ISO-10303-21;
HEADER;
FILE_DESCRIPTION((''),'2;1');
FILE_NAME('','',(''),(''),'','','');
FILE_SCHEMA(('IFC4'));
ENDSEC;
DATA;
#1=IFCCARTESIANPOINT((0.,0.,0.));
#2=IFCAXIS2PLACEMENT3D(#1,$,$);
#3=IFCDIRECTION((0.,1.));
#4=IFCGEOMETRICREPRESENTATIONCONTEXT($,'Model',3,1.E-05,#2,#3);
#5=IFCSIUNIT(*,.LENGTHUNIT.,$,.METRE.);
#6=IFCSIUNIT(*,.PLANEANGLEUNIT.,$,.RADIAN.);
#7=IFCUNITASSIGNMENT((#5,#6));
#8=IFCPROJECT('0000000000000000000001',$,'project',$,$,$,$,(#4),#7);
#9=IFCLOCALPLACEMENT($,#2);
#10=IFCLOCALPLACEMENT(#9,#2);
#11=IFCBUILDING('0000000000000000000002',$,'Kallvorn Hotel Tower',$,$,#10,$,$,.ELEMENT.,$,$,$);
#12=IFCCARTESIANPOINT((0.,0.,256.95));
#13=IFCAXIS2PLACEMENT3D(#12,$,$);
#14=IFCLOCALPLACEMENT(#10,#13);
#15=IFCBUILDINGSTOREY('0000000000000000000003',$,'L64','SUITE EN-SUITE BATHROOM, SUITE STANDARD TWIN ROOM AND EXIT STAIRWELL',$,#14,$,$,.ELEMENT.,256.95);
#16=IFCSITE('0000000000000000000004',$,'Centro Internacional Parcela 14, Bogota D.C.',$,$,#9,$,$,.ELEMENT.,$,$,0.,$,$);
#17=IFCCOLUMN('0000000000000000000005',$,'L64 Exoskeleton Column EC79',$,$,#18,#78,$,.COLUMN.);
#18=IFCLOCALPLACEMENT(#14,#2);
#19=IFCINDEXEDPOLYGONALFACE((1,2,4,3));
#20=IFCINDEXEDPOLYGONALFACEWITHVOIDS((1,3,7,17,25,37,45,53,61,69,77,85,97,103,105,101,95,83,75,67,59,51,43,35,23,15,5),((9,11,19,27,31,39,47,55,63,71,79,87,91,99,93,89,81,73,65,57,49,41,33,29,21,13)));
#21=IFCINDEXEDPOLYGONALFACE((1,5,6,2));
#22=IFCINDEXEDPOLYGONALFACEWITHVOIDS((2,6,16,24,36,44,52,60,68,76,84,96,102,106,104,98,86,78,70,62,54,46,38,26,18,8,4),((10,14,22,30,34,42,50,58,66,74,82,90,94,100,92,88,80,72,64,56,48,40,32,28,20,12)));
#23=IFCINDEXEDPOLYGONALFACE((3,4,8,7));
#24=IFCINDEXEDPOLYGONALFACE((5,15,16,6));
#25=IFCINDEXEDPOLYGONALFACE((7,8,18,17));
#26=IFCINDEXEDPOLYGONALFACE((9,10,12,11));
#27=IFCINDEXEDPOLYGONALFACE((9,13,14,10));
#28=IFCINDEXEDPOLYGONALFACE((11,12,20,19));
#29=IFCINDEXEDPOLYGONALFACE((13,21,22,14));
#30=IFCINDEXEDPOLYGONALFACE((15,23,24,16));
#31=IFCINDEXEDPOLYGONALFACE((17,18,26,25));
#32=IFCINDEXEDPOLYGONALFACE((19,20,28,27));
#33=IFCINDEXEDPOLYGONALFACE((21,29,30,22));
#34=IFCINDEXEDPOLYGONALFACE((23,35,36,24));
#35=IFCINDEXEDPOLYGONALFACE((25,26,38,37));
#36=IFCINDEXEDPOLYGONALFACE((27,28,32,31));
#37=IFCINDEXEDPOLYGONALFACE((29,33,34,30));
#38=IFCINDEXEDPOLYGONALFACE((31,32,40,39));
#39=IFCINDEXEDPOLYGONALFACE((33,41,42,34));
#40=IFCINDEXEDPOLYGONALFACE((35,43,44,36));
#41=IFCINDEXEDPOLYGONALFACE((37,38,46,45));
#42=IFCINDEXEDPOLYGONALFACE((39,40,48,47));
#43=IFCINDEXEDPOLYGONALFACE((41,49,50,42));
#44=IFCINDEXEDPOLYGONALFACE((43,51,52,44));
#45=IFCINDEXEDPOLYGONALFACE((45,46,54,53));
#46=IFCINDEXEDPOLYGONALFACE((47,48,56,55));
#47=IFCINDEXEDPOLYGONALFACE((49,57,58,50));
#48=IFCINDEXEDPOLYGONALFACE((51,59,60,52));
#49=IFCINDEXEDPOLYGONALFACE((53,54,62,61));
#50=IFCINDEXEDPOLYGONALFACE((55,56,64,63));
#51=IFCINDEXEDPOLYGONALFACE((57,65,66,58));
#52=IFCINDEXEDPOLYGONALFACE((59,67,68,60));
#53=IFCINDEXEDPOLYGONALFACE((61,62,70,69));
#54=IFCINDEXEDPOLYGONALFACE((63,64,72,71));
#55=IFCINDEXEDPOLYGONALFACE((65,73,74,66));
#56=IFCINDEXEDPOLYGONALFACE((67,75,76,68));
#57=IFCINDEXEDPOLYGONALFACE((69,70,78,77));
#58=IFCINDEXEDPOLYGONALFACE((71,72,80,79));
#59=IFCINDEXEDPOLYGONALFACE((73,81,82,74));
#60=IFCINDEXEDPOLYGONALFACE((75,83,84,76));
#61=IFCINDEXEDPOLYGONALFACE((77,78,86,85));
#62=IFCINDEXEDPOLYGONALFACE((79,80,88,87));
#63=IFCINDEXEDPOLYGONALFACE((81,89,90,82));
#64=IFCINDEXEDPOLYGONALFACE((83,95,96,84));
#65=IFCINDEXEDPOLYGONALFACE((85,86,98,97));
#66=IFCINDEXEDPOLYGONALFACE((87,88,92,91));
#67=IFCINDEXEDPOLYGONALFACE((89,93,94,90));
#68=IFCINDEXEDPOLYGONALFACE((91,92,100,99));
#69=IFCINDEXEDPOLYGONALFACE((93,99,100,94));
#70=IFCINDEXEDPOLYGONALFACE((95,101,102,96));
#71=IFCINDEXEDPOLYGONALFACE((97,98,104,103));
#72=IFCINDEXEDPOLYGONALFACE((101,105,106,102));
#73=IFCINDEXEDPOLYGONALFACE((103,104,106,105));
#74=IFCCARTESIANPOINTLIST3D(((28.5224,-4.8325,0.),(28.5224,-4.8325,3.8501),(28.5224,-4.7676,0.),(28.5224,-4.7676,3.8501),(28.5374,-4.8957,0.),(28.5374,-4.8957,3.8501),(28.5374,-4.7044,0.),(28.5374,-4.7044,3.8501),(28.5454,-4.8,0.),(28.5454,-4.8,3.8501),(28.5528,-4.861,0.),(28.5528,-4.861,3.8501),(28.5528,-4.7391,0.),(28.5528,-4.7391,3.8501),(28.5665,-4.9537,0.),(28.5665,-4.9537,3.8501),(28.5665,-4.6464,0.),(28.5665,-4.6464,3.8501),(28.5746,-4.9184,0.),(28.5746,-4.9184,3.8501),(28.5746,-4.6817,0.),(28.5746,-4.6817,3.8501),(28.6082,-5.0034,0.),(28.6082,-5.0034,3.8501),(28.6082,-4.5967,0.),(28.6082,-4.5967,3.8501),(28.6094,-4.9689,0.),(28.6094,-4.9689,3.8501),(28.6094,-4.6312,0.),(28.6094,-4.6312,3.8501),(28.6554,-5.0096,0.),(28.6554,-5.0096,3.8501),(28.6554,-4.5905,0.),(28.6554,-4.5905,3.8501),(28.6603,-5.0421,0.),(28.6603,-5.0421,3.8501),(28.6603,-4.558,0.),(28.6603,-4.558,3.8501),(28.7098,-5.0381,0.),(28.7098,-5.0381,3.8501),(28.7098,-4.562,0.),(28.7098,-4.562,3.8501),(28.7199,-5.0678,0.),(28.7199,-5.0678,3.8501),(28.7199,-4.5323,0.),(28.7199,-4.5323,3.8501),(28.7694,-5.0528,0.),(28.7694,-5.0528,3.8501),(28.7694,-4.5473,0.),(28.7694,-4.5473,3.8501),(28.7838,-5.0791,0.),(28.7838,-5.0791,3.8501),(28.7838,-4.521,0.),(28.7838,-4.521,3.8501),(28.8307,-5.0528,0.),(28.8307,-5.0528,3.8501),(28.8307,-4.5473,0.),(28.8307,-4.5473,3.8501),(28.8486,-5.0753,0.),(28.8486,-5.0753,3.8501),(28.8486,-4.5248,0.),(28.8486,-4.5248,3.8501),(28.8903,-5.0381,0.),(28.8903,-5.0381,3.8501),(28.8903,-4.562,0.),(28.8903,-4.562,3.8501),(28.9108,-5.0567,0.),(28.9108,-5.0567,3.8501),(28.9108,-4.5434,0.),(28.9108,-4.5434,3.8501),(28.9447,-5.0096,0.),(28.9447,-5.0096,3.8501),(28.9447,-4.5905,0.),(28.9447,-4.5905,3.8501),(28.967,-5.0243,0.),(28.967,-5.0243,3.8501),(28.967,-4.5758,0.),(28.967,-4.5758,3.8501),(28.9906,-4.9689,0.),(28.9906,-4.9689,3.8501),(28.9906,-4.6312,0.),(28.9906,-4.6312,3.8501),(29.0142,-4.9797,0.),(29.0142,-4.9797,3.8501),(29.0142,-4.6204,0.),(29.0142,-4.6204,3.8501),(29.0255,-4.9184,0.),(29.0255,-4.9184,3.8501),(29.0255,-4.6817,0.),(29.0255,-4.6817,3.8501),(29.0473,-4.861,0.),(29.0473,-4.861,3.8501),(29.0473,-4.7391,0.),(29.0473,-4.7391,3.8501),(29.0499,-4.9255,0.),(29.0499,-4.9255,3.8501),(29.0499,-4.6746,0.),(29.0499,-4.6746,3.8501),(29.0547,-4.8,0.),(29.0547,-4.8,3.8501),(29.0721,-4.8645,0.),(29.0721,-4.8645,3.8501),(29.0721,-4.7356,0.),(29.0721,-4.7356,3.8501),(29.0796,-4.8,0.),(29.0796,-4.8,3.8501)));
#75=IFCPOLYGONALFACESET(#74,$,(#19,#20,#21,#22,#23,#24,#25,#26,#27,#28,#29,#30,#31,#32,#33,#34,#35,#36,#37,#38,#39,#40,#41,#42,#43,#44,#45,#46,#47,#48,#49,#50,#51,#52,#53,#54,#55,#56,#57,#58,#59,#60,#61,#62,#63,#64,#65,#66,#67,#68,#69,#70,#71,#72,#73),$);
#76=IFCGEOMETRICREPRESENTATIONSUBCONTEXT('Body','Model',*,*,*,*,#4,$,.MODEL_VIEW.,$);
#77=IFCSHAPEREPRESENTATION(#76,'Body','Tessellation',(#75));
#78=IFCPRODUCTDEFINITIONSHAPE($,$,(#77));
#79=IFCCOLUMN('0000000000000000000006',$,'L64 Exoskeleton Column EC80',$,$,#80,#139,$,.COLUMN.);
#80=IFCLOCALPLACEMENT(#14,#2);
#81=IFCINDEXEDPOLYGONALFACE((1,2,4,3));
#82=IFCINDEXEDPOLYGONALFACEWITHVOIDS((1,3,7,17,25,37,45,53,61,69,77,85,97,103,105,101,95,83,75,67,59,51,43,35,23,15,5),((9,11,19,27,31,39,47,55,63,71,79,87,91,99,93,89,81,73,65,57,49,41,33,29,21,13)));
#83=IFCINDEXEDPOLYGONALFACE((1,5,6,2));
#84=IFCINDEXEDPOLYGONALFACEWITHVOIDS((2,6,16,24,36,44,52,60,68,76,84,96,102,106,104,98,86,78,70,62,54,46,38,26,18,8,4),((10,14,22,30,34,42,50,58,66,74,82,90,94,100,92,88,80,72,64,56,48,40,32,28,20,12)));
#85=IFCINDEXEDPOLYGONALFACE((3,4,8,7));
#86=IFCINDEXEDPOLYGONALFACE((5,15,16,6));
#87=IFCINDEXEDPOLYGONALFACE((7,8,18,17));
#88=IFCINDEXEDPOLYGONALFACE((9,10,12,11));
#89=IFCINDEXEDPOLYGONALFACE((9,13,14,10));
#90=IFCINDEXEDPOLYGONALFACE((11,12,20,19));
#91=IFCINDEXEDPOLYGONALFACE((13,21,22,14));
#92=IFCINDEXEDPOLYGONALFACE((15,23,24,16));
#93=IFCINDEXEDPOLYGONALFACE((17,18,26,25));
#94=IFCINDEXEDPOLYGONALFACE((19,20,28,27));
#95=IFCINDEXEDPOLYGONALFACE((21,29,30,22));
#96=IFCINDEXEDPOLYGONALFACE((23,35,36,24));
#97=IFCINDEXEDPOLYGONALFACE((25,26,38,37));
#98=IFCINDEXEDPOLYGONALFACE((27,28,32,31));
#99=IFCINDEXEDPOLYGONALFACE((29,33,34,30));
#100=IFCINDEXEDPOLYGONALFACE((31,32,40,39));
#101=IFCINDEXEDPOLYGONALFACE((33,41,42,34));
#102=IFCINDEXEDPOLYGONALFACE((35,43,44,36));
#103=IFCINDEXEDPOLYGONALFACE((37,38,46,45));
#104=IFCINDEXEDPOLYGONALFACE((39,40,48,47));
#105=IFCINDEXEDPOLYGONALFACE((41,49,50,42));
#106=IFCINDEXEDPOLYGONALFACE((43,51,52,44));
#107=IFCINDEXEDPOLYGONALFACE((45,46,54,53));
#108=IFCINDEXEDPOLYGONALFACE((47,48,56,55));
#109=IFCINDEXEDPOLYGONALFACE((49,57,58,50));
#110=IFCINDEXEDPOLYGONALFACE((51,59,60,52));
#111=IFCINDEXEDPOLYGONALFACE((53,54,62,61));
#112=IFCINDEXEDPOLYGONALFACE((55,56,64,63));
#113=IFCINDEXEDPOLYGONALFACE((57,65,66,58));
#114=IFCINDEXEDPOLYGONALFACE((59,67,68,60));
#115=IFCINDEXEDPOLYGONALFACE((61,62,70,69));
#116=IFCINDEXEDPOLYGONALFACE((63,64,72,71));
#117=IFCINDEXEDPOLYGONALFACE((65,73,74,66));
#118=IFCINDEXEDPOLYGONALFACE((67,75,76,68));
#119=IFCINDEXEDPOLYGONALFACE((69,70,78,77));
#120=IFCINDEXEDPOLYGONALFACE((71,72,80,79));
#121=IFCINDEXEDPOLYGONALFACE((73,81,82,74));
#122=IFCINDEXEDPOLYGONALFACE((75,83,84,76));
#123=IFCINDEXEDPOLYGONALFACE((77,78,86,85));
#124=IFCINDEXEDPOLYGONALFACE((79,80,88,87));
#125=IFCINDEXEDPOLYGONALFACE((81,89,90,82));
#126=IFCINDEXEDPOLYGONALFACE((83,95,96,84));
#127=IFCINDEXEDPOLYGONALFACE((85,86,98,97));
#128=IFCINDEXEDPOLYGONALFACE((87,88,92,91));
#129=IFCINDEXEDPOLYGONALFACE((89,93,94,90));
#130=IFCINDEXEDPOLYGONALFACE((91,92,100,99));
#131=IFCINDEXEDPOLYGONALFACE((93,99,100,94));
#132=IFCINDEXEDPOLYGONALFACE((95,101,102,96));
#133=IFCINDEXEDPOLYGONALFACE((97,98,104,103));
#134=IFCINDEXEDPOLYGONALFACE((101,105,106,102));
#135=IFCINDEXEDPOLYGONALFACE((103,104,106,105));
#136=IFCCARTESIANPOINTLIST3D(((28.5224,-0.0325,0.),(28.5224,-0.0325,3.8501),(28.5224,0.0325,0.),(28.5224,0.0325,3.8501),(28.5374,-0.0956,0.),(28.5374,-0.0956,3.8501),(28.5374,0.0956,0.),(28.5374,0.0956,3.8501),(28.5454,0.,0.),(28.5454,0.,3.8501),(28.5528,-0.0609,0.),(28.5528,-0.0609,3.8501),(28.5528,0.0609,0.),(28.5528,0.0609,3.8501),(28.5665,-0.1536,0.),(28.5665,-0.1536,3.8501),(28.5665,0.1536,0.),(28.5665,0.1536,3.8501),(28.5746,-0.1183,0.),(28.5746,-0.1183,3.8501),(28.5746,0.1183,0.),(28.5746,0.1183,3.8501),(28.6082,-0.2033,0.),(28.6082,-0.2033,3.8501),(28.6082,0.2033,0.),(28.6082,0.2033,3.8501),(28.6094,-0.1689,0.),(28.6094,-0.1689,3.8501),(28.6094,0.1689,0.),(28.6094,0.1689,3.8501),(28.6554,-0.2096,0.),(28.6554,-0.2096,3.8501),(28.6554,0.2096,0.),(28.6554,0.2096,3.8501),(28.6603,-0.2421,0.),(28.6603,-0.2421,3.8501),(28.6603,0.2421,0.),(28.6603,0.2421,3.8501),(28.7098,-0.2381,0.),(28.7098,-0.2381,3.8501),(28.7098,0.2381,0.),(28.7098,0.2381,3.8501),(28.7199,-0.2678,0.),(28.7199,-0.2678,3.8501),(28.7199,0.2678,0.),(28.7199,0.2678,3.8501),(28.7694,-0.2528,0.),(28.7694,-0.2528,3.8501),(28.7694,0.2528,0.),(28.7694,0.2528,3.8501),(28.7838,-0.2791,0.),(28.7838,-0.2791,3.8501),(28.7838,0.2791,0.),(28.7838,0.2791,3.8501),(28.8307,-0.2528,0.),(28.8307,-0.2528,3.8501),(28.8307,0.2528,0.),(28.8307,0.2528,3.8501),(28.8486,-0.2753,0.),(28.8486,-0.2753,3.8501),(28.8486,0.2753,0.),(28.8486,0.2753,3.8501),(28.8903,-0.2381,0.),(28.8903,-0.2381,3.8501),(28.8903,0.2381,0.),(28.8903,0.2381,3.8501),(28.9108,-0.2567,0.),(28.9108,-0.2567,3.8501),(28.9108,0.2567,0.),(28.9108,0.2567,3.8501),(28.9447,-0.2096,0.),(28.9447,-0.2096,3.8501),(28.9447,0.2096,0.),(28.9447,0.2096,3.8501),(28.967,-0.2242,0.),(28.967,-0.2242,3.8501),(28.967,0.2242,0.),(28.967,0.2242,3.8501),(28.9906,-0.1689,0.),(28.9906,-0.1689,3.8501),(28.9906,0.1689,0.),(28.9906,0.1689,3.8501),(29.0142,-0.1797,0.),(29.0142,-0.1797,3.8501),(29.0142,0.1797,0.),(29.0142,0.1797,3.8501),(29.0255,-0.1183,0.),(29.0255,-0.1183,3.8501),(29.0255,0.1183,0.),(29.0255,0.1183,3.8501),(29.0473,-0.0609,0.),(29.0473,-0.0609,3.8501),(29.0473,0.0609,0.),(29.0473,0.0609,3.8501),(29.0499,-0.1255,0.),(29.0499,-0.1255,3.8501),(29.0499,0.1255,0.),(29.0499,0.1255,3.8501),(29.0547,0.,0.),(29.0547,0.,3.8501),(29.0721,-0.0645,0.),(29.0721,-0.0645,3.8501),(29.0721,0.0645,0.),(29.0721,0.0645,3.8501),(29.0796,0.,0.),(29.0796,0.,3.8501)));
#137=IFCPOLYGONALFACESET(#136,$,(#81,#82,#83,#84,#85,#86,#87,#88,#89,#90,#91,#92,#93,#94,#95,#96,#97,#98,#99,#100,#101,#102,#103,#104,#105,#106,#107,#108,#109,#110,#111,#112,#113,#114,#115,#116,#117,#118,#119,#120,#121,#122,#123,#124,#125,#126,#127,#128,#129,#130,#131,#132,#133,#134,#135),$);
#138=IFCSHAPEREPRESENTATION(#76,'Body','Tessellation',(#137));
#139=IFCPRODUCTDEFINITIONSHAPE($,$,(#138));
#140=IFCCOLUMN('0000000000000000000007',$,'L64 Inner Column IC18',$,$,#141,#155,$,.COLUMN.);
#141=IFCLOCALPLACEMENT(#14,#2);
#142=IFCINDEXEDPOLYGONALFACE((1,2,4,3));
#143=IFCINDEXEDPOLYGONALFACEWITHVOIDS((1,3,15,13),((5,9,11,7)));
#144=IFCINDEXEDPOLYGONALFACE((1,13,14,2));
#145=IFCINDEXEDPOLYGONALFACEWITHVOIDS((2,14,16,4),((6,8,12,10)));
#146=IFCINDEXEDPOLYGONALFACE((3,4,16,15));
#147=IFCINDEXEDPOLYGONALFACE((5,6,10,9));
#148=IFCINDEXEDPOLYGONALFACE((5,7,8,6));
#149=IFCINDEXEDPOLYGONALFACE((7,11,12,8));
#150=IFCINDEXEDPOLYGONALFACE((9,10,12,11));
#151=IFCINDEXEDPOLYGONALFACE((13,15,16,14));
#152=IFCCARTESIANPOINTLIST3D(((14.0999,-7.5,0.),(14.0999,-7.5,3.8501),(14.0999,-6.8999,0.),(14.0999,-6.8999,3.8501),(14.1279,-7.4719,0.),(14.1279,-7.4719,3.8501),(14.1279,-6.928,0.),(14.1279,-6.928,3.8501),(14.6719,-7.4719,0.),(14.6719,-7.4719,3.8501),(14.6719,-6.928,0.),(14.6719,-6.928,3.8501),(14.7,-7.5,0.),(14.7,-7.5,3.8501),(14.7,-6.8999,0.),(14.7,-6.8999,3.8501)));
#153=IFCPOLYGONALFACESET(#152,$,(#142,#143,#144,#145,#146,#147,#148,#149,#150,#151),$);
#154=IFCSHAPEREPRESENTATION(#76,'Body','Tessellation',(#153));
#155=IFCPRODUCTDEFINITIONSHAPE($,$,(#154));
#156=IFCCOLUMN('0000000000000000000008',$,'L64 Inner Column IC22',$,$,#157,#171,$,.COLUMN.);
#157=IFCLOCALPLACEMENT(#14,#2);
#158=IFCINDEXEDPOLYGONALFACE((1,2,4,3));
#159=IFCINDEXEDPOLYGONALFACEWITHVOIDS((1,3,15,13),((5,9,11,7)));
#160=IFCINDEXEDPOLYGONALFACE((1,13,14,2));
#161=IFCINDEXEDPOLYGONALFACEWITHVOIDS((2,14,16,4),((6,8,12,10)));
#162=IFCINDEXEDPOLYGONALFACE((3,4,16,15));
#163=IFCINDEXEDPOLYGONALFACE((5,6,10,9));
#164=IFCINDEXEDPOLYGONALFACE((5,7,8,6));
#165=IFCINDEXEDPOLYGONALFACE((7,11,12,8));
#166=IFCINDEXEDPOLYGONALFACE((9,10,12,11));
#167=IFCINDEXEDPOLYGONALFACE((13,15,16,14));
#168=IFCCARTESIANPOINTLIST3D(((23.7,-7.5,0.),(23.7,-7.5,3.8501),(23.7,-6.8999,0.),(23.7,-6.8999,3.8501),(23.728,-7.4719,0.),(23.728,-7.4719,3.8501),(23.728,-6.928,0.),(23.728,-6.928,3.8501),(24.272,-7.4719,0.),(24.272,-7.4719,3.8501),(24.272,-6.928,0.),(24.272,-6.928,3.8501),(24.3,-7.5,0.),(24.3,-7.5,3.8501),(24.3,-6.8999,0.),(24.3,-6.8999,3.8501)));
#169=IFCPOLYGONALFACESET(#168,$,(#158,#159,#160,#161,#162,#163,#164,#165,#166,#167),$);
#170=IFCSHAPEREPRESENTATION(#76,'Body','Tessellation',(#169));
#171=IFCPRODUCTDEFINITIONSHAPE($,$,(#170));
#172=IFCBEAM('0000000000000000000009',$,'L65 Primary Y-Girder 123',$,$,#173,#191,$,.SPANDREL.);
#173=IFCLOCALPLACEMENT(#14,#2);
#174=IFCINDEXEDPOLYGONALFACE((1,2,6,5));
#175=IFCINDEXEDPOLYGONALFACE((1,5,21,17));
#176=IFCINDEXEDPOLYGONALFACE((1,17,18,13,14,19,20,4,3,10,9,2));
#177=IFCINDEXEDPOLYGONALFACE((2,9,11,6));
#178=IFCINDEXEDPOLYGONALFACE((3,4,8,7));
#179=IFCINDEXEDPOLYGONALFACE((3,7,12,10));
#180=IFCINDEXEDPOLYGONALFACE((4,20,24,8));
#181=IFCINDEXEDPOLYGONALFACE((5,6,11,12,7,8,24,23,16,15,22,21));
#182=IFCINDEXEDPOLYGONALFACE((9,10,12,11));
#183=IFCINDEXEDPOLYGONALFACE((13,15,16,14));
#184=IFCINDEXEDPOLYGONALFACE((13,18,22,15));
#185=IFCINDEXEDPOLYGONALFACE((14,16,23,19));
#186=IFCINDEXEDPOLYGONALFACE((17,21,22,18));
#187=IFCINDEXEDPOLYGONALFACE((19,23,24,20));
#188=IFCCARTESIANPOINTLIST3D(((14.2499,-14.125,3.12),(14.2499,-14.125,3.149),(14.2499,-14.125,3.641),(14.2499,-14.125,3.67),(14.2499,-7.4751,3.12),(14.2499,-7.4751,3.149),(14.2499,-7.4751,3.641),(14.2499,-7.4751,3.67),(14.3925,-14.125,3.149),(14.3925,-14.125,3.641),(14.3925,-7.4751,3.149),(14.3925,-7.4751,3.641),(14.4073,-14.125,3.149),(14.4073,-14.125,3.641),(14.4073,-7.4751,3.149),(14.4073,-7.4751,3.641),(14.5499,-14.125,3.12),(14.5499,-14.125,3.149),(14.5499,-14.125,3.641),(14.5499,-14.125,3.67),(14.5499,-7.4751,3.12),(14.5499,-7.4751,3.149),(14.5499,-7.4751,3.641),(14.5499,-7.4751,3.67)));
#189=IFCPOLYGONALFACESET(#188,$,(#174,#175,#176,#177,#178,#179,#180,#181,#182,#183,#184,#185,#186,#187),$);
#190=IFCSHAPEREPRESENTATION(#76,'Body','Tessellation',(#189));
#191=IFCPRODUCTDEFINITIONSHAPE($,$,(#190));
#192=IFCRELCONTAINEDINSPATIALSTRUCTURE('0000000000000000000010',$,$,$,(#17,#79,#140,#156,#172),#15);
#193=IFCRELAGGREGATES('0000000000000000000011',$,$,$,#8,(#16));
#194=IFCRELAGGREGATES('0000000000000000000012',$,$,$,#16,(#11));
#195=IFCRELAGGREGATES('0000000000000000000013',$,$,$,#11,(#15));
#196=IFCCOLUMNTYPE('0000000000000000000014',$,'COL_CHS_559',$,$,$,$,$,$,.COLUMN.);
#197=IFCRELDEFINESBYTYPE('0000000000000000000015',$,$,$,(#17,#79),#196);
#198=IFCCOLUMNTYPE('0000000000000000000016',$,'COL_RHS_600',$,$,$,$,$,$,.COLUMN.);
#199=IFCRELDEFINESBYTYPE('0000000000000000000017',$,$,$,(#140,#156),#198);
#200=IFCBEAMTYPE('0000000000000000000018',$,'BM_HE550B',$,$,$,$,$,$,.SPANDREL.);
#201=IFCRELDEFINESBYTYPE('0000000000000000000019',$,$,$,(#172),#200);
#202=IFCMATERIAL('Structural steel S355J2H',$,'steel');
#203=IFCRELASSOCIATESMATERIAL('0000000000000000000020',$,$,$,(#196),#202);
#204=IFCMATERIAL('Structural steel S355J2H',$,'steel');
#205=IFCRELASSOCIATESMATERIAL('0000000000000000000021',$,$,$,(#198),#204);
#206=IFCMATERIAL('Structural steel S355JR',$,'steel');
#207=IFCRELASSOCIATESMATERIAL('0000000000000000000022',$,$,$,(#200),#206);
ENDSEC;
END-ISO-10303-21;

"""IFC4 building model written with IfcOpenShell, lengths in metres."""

from ifc_helpers import new_model, si_unit, direction, frame, origin, origin_2d, place, context, subcontext, project, spatial, hollow_rectangle, hollow_circle, i_section, extrude, material, material_profile, profile_set, type_object, element, save


model = new_model("IFC4")

# Units and contexts
model_context = context("Model", 3, precision=1e-05, world=origin(), true_north=direction((0.0, 1.0)))
body_context = subcontext(model_context, "Body", "Model", "MODEL_VIEW")
ifc_project = project(units=[si_unit("LENGTHUNIT", "METRE"), si_unit("PLANEANGLEUNIT", "RADIAN")], contexts=[model_context])

# Site, building, storey
site_placement = place(None, origin())
site = spatial("IfcSite", under=ifc_project, at=site_placement, Name="Centro Internacional Parcela 14, Bogota D.C.", CompositionType="ELEMENT", RefElevation=0.0)
building_placement = place(site_placement, origin())
building = spatial("IfcBuilding", under=site, at=building_placement, Name="Kallvorn Hotel Tower", CompositionType="ELEMENT")
storey_placement = place(building_placement, frame((0.0, 0.0, 256.95)))
storey = spatial("IfcBuildingStorey", under=building, at=storey_placement, Name="L64", Description="SUITE EN-SUITE BATHROOM, SUITE STANDARD TWIN ROOM AND EXIT STAIRWELL", CompositionType="ELEMENT", Elevation=256.95)

# Columns
ifc_material_1 = material(Name="Structural steel S355J2H", Category="steel")
ifc_material_profile_1 = material_profile(ifc_material_1, hollow_circle(Radius=0.2795, WallThickness=0.0249, at=origin_2d()), Name="CHS 559x25")
ifc_profile_set_1 = profile_set([ifc_material_profile_1], Name="Structural steel S355J2H")
column_type_1 = type_object("IfcColumnType", Name="COL_CHS_559", PredefinedType="COLUMN", material=ifc_profile_set_1)
for number, where, z_axis, x_axis, name in (
    (1, (28.8, -4.8, 0.0), (0.0, 0.0, 1.0), (1.0, 0.0, 0.0), "L64 Exoskeleton Column EC79"),
    (2, (28.8, 0.0, 0.0), (0.0, 0.0, 1.0), (1.0, 0.0, 0.0), "L64 Exoskeleton Column EC80"),
):
    element("IfcColumn", number, at=place(storey_placement, frame(where, z_axis=z_axis, x_axis=x_axis)), inside=storey, type_object=column_type_1, Name=name, PredefinedType="COLUMN", context=body_context, shape_type="SweptSolid", body=[
        extrude(hollow_circle(Radius=0.2795, WallThickness=0.0249, at=origin_2d()), origin(), (0.0, 0.0, 1.0), 3.8501),
    ])
ifc_material_2 = material(Name="Structural steel S355J2H", Category="steel")
ifc_material_profile_2 = material_profile(ifc_material_2, hollow_rectangle(XDim=0.6001, YDim=0.6001, WallThickness=0.0281, at=origin_2d()), Name="RHS 600x600x28")
ifc_profile_set_2 = profile_set([ifc_material_profile_2], Name="Structural steel S355J2H")
column_type_2 = type_object("IfcColumnType", Name="COL_RHS_600", PredefinedType="COLUMN", material=ifc_profile_set_2)
for number, where, z_axis, x_axis, name in (
    (3, (14.3999, -7.2, 0.0), (0.0, 0.0, 1.0), (1.0, 0.0, 0.0), "L64 Inner Column IC18"),
    (4, (24.0, -7.2, 0.0), (0.0, 0.0, 1.0), (1.0, 0.0, 0.0), "L64 Inner Column IC22"),
):
    element("IfcColumn", number, at=place(storey_placement, frame(where, z_axis=z_axis, x_axis=x_axis)), inside=storey, type_object=column_type_2, Name=name, PredefinedType="COLUMN", context=body_context, shape_type="SweptSolid", body=[
        extrude(hollow_rectangle(XDim=0.6001, YDim=0.6001, WallThickness=0.0281, at=origin_2d()), origin(), (0.0, 0.0, 1.0), 3.8501),
    ])

# Beam
ifc_material_3 = material(Name="Structural steel S355JR", Category="steel")
ifc_material_profile_3 = material_profile(ifc_material_3, i_section(OverallWidth=0.3, OverallDepth=0.55, WebThickness=0.0149, FlangeThickness=0.0291, at=origin_2d()), Name="HE 550 B")
ifc_profile_set_3 = profile_set([ifc_material_profile_3], Name="Structural steel S355JR")
beam_type_1 = type_object("IfcBeamType", Name="BM_HE550B", PredefinedType="SPANDREL", material=ifc_profile_set_3)
beam_1_placement = place(storey_placement, frame((14.3999, -14.125, 3.395), z_axis=(0.0, 1.0, 0.0), x_axis=(-1.0, 0.0, 0.0)))
element("IfcBeam", 5, at=beam_1_placement, inside=storey, type_object=beam_type_1, Name="L65 Primary Y-Girder 123", PredefinedType="SPANDREL", context=body_context, shape_type="SweptSolid", body=[
    extrude(i_section(OverallWidth=0.3, OverallDepth=0.55, WebThickness=0.0149, FlangeThickness=0.0291, at=origin_2d()), origin(), (0.0, 0.0, 1.0), 6.6499),
])

save(model, "model.ifc")
